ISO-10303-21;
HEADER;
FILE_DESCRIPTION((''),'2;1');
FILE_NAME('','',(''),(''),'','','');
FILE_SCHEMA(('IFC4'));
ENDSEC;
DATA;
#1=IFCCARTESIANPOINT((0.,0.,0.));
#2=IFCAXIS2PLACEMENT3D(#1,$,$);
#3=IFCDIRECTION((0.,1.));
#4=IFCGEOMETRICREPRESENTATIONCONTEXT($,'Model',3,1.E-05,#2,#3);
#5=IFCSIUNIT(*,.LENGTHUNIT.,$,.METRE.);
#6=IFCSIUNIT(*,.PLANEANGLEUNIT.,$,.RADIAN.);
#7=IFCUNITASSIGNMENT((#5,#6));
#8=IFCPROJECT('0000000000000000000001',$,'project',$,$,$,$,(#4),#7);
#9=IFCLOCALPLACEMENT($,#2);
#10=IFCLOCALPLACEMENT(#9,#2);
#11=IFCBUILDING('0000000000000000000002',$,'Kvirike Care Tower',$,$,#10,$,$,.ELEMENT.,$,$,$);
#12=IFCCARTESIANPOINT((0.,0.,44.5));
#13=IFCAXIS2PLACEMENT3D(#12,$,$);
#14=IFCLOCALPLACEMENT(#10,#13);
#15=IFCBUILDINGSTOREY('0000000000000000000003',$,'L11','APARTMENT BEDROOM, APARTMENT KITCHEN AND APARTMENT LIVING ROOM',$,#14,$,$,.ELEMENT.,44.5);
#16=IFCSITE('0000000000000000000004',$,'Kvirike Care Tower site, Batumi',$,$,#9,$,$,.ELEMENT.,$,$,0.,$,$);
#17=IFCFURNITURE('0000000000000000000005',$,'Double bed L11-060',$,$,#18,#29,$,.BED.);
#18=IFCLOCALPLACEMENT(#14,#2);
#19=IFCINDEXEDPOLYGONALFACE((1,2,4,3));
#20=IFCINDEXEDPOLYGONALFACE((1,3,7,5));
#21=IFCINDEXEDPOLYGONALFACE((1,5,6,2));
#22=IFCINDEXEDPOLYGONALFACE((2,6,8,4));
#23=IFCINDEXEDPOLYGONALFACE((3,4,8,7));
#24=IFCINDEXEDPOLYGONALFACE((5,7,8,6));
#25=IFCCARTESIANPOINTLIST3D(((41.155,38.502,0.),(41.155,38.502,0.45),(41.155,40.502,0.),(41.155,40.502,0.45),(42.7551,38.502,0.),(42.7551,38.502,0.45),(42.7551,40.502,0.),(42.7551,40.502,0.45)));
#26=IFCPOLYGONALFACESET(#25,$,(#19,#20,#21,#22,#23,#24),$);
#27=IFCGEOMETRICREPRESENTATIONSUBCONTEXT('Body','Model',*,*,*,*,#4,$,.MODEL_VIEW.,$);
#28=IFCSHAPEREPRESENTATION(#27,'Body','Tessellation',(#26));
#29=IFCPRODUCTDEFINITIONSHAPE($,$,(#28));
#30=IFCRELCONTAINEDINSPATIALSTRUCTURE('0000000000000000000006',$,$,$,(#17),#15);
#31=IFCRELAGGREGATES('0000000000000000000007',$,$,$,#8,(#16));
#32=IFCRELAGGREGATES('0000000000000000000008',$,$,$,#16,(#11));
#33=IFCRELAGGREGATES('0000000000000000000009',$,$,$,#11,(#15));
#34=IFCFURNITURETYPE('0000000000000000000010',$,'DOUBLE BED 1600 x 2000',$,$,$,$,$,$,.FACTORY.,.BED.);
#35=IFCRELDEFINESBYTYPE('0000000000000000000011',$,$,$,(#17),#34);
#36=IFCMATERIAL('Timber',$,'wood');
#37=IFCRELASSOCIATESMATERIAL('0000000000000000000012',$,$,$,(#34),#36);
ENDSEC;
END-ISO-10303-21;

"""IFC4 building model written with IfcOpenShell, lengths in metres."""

from ifc_helpers import new_model, si_unit, direction, frame, origin, origin_2d, place, context, subcontext, project, spatial, rectangle, extrude, material, type_object, element, save


model = new_model("IFC4")

# Units and contexts
model_context = context("Model", 3, precision=1e-05, world=origin(), true_north=direction((0.0, 1.0)))
body_context = subcontext(model_context, "Body", "Model", "MODEL_VIEW")
ifc_project = project(units=[si_unit("LENGTHUNIT", "METRE"), si_unit("PLANEANGLEUNIT", "RADIAN")], contexts=[model_context])

# Site, building, storey
site_placement = place(None, origin())
site = spatial("IfcSite", under=ifc_project, at=site_placement, Name="Kvirike Care Tower site, Batumi", CompositionType="ELEMENT", RefElevation=0.0)
building_placement = place(site_placement, origin())
building = spatial("IfcBuilding", under=site, at=building_placement, Name="Kvirike Care Tower", CompositionType="ELEMENT")
storey_placement = place(building_placement, frame((0.0, 0.0, 44.5)))
storey = spatial("IfcBuildingStorey", under=building, at=storey_placement, Name="L11", Description="APARTMENT BEDROOM, APARTMENT KITCHEN AND APARTMENT LIVING ROOM", CompositionType="ELEMENT", Elevation=44.5)

# Furniture
ifc_material_1 = material(Name="Timber", Category="wood")
furniture_type = type_object("IfcFurnitureType", Name="DOUBLE BED 1600 x 2000", AssemblyPlace="FACTORY", PredefinedType="BED", material=ifc_material_1)
for number, where, z_axis, x_axis, name in (
    (1, (41.9551, 39.502, 0.0), (0.0, 0.0, 1.0), (-1.0, 0.0, 0.0), "Double bed L11-060"),
):
    element("IfcFurniture", number, at=place(storey_placement, frame(where, z_axis=z_axis, x_axis=x_axis)), inside=storey, type_object=furniture_type, Name=name, PredefinedType="BED", context=body_context, shape_type="SweptSolid", body=[
        extrude(rectangle(XDim=1.6001, YDim=2.0, at=origin_2d()), origin(), (0.0, 0.0, 1.0), 0.45),
    ])

save(model, "model.ifc")
